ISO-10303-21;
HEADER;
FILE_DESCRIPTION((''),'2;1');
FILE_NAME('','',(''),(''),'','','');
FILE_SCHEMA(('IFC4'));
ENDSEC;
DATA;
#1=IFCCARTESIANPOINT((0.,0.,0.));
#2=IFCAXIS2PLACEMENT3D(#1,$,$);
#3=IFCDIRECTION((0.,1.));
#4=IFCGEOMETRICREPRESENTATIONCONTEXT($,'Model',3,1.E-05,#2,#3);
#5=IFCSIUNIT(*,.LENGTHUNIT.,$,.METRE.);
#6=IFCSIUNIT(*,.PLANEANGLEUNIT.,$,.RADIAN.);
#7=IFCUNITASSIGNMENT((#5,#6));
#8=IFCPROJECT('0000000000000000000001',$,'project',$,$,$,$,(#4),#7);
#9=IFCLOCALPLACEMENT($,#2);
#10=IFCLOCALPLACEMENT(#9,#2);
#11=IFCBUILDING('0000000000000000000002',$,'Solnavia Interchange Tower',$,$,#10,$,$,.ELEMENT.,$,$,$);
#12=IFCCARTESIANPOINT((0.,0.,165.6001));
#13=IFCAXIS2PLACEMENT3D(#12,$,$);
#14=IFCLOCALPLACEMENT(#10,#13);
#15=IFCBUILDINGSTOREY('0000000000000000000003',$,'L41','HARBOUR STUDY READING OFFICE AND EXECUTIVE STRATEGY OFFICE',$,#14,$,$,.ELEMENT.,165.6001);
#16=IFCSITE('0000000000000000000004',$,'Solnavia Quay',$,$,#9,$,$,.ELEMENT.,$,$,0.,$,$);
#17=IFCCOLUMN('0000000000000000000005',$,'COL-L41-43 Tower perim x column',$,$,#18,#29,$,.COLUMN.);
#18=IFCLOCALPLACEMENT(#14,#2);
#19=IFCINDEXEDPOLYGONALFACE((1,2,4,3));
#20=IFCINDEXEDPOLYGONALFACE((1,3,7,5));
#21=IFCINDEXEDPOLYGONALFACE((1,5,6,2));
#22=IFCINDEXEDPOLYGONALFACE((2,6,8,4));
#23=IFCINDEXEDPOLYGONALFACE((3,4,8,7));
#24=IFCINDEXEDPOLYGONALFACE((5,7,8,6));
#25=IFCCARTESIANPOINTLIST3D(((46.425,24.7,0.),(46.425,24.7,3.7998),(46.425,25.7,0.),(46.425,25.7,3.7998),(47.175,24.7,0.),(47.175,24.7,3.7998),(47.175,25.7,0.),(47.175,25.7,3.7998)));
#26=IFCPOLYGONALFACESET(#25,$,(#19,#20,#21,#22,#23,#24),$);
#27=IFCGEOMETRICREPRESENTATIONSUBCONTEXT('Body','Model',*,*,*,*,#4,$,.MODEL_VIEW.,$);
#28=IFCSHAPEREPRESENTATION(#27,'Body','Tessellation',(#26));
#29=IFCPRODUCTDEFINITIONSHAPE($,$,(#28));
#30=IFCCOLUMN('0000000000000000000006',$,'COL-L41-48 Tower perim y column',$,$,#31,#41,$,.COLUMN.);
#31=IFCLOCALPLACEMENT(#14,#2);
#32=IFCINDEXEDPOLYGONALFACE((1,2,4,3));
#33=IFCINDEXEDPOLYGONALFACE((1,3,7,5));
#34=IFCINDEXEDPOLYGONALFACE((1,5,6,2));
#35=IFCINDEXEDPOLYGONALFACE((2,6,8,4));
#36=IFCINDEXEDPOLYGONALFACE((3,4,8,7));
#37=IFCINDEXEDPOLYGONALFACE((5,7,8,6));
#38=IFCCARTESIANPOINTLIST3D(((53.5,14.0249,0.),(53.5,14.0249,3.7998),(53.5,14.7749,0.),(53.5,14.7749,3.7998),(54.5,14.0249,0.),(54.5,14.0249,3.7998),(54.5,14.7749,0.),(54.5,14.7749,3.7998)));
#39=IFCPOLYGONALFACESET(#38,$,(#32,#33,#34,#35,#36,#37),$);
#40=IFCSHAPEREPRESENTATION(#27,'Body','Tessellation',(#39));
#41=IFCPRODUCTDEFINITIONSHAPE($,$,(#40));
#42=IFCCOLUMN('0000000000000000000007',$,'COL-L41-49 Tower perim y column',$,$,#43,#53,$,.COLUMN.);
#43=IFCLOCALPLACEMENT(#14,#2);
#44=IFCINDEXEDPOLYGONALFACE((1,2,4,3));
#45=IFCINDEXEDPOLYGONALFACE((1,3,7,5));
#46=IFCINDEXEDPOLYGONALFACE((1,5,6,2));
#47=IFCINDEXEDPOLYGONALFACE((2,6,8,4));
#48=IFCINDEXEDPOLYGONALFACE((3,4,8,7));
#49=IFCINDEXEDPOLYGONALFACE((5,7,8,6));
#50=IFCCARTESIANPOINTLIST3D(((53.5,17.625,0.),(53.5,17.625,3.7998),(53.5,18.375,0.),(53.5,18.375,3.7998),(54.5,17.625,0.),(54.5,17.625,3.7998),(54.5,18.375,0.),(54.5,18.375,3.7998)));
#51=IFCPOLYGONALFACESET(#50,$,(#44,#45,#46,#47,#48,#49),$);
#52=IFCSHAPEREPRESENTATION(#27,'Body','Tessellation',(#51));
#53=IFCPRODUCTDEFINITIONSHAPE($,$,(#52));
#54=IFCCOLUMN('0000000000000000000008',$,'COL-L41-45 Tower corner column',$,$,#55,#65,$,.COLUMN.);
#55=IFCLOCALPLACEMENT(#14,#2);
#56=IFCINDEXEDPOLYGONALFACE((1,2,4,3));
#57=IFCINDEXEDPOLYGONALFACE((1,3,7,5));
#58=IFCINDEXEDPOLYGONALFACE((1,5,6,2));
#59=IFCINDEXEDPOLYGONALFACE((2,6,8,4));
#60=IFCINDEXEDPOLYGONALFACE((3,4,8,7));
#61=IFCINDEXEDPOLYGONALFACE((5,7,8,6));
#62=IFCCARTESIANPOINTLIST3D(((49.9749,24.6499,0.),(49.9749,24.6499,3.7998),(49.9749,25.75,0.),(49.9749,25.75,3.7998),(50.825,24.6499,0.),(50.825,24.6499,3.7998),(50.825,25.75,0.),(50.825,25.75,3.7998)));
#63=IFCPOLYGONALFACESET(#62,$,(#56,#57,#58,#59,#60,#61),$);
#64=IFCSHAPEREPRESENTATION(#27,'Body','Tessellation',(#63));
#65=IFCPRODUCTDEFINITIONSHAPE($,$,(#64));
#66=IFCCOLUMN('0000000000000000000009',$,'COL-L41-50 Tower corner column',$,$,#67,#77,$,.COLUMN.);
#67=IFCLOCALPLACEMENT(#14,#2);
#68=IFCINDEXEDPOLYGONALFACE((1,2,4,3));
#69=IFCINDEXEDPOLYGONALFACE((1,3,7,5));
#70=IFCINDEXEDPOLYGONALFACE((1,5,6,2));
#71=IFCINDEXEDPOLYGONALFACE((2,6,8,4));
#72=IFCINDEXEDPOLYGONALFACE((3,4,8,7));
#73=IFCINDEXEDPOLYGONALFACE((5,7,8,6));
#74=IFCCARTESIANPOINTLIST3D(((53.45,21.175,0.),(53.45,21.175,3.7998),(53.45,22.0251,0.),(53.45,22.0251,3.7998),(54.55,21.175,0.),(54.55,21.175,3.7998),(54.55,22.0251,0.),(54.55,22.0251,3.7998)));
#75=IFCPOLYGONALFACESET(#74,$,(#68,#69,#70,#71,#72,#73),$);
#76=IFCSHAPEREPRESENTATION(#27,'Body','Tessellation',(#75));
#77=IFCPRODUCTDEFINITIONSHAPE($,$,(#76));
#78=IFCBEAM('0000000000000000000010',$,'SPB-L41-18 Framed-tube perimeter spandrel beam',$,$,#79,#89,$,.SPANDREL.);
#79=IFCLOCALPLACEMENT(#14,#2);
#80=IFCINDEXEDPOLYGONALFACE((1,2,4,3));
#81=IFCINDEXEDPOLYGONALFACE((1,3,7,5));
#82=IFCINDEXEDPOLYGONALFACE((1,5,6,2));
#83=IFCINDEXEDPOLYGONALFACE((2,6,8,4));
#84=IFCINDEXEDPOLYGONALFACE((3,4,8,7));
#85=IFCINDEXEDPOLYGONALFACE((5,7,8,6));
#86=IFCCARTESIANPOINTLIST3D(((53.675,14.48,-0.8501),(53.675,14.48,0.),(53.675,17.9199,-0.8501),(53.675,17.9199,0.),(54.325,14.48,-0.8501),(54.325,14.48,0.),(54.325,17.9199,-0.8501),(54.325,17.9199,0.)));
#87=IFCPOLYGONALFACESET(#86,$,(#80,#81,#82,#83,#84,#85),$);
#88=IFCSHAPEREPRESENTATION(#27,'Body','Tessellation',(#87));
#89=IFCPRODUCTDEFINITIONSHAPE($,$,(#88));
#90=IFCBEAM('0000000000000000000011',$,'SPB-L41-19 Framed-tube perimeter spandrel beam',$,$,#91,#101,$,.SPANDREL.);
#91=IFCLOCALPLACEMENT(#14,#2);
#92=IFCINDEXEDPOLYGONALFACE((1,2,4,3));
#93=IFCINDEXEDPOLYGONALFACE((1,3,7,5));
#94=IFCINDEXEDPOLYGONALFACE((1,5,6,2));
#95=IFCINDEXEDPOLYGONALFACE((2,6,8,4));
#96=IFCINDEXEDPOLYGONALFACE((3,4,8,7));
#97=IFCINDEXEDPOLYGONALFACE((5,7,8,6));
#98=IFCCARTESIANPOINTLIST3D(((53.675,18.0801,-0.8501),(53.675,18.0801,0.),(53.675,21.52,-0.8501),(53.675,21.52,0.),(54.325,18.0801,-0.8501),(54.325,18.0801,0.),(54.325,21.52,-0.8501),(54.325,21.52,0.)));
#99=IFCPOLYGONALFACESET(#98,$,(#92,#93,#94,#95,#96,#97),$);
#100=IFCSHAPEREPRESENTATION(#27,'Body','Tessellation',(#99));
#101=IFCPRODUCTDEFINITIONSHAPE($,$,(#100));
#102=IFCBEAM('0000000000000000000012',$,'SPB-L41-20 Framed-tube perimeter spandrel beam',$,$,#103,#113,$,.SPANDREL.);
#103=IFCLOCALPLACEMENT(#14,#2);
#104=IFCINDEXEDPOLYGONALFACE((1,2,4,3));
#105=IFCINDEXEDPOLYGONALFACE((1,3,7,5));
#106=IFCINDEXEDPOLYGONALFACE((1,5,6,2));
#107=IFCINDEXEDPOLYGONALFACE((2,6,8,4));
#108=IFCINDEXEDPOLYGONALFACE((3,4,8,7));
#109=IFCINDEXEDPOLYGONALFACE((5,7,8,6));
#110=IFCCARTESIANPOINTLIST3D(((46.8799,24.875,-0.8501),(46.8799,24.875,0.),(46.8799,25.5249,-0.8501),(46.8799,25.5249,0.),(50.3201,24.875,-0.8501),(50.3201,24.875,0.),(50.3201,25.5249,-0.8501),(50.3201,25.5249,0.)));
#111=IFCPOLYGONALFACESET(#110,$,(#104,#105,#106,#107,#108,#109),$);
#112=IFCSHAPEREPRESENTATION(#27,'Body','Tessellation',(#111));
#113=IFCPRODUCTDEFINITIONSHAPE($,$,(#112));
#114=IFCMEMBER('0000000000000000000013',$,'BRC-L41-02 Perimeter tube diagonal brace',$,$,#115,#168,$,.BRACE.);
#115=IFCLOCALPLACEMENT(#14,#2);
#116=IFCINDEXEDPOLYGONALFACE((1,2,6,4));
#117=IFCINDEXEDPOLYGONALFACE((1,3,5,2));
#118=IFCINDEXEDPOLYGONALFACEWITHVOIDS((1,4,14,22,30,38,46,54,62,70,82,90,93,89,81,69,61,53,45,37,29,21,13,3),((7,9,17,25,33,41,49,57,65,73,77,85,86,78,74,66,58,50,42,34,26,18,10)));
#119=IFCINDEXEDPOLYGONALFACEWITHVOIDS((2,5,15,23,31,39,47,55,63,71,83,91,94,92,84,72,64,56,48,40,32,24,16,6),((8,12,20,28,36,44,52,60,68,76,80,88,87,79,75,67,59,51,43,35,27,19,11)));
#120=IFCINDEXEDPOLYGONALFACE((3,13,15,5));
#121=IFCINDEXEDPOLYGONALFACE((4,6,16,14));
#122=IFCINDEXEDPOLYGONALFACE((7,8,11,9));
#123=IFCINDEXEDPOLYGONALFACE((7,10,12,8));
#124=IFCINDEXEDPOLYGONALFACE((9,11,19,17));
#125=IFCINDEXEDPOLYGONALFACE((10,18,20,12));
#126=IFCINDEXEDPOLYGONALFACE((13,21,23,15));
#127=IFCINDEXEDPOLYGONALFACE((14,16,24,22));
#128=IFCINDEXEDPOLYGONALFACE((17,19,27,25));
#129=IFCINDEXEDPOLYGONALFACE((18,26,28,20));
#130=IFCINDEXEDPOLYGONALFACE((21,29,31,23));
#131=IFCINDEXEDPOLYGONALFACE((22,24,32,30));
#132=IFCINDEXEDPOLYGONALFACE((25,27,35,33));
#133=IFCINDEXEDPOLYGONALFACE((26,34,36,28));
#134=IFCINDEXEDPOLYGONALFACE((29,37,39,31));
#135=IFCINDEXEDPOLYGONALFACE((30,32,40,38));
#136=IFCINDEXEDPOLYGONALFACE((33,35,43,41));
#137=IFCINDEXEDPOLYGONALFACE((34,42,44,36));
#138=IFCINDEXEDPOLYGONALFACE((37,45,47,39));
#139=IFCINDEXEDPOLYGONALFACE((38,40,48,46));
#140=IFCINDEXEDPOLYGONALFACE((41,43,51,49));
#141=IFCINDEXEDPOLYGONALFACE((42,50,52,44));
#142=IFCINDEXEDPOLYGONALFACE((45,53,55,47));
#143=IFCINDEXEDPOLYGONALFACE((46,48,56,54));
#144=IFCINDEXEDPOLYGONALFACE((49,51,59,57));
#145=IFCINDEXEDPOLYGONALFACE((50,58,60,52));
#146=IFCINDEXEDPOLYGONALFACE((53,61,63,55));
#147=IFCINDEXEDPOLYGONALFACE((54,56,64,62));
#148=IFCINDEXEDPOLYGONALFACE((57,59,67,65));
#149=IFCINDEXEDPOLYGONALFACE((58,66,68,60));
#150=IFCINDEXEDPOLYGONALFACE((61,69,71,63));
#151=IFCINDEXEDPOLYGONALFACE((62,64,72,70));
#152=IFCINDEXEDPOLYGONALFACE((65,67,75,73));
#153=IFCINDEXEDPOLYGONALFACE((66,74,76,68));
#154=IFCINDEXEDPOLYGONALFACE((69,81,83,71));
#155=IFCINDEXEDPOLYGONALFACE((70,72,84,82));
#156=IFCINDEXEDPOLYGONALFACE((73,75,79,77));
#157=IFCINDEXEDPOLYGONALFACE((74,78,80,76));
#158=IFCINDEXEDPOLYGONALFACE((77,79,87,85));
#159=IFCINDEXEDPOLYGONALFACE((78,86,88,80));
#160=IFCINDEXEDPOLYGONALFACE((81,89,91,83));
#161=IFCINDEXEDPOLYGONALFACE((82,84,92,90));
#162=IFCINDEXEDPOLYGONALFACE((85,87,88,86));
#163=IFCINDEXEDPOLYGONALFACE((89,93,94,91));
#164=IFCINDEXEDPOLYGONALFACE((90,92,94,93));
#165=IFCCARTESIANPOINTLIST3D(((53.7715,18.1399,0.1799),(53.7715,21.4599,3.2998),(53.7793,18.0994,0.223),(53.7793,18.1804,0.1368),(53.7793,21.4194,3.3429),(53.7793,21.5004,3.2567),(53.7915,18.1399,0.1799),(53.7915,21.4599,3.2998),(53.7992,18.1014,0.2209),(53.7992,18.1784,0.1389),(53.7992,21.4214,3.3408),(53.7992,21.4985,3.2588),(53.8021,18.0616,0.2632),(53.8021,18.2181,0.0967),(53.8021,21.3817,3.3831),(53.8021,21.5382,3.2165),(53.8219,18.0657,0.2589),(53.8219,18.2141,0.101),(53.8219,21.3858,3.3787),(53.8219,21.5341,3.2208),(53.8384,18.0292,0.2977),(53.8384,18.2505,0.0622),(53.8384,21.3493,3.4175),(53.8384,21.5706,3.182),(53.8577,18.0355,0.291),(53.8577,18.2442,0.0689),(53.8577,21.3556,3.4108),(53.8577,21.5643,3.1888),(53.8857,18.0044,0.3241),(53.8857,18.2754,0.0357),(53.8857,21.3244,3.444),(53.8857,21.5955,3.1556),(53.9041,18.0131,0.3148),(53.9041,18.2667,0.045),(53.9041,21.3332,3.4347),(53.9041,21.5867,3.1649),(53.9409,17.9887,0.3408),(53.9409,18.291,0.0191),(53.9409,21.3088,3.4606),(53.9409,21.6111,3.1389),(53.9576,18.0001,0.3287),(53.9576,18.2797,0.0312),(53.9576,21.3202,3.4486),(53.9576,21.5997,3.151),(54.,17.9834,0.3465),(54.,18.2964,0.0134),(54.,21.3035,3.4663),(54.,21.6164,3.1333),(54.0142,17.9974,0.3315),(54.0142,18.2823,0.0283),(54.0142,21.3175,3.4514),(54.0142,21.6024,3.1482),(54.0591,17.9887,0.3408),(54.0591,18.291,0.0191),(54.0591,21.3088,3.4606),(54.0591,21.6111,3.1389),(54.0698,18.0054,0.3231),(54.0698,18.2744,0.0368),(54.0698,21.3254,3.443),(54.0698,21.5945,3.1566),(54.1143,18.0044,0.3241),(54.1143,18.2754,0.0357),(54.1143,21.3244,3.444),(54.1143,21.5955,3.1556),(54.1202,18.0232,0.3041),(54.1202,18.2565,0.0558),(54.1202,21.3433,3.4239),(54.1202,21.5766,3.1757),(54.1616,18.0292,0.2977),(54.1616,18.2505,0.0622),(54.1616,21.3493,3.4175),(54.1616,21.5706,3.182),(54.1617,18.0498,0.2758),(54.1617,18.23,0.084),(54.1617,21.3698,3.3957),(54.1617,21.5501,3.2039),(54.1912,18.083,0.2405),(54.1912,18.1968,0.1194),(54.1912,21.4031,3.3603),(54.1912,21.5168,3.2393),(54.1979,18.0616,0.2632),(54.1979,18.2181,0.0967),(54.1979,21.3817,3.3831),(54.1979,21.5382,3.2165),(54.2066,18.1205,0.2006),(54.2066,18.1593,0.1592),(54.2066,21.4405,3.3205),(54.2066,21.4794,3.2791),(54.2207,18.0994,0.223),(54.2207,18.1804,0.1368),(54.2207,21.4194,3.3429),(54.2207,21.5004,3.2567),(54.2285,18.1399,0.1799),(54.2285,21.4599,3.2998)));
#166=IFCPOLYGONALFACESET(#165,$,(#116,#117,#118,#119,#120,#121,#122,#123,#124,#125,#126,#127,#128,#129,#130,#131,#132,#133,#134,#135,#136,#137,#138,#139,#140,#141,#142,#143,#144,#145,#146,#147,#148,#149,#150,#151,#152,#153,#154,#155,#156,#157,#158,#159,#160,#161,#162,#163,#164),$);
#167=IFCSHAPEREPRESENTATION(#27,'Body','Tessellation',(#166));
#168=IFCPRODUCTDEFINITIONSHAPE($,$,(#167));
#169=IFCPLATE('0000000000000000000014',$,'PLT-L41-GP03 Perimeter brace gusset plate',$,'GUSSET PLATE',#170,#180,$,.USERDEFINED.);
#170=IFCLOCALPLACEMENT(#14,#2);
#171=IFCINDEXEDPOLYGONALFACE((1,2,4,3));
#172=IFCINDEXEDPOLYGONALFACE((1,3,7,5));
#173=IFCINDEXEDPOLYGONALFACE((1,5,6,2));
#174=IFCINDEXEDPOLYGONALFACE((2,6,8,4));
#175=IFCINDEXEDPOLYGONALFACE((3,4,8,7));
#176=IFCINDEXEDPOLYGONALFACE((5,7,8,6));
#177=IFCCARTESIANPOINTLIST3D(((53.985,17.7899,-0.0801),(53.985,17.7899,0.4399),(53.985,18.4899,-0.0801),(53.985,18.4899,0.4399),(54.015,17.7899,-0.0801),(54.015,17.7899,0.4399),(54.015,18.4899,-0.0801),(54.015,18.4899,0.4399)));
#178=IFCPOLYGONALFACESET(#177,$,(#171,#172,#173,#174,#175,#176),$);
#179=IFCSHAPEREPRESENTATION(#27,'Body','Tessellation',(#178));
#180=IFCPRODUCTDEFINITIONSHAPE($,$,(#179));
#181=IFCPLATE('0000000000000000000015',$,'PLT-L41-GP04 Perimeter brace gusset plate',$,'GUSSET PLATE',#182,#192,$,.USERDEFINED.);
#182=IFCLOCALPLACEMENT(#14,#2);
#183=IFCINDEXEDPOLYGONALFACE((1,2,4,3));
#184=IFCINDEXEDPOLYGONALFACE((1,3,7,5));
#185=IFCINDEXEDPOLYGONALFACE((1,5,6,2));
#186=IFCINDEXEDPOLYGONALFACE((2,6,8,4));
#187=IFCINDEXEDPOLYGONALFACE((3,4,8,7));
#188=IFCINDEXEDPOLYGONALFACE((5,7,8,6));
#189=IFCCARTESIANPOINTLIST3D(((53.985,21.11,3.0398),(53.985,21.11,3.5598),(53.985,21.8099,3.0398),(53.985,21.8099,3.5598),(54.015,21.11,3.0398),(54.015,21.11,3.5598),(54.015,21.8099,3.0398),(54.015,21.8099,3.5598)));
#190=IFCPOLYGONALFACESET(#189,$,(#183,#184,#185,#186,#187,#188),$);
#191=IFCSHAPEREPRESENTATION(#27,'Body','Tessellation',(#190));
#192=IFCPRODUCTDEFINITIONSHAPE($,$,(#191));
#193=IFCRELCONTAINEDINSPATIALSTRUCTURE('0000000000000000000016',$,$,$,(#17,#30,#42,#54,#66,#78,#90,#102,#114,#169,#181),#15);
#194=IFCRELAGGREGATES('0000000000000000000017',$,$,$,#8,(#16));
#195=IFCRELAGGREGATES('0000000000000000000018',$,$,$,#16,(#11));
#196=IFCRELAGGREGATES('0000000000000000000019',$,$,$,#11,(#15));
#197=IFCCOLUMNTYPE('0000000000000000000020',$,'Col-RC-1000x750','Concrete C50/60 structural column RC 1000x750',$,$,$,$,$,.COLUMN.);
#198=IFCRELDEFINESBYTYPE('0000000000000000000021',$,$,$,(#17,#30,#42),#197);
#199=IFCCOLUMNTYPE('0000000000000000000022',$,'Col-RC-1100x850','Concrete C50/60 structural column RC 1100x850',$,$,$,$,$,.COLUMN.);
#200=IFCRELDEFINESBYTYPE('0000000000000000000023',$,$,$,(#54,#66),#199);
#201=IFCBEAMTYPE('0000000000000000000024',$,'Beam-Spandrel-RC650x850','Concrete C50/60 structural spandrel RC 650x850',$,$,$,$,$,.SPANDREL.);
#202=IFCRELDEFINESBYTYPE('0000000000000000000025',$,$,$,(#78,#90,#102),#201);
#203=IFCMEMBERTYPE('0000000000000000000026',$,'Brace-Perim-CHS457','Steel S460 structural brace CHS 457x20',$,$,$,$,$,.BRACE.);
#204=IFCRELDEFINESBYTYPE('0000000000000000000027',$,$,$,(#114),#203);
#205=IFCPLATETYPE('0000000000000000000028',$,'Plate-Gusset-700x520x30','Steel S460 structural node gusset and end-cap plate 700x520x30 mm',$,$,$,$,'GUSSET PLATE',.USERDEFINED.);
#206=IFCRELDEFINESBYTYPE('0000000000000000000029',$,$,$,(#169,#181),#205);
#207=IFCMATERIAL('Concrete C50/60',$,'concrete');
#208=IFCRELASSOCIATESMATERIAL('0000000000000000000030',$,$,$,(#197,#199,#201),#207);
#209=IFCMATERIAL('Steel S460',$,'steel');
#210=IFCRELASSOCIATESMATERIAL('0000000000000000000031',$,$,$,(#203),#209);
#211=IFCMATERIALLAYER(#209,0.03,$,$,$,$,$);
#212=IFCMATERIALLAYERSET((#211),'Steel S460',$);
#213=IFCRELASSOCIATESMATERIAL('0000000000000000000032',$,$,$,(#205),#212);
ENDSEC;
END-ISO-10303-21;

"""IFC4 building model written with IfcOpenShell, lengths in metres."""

from ifc_helpers import new_model, si_unit, direction, frame, origin, origin_2d, place, context, subcontext, project, spatial, rectangle, hollow_circle, extrude, material, layer, layer_set, material_profile, profile_set, type_object, element, save


model = new_model("IFC4")

# Units and contexts
model_context = context("Model", 3, precision=1e-05, world=origin(), true_north=direction((0.0, 1.0)))
body_context = subcontext(model_context, "Body", "Model", "MODEL_VIEW")
ifc_project = project(units=[si_unit("LENGTHUNIT", "METRE"), si_unit("PLANEANGLEUNIT", "RADIAN")], contexts=[model_context])

# Site, building, storey
site_placement = place(None, origin())
site = spatial("IfcSite", under=ifc_project, at=site_placement, Name="Solnavia Quay", CompositionType="ELEMENT", RefElevation=0.0)
building_placement = place(site_placement, origin())
building = spatial("IfcBuilding", under=site, at=building_placement, Name="Solnavia Interchange Tower", CompositionType="ELEMENT")
storey_placement = place(building_placement, frame((0.0, 0.0, 165.6001)))
storey = spatial("IfcBuildingStorey", under=building, at=storey_placement, Name="L41", Description="HARBOUR STUDY READING OFFICE AND EXECUTIVE STRATEGY OFFICE", CompositionType="ELEMENT", Elevation=165.6001)

# Columns
ifc_material_1 = material(Name="Concrete C50/60", Category="concrete")
ifc_material_profile_1 = material_profile(ifc_material_1, rectangle(XDim=0.75, YDim=1.0, at=origin_2d()), Name="RC 1000x750")
ifc_profile_set_1 = profile_set([ifc_material_profile_1], Name="Concrete C50/60")
column_type_1 = type_object("IfcColumnType", Name="Col-RC-1000x750", Description="Concrete C50/60 structural column RC 1000x750", PredefinedType="COLUMN", material=ifc_profile_set_1)
for number, where, z_axis, x_axis, name in (
    (1, (46.8, 25.2, 0.0), (0.0, 0.0, 1.0), (1.0, 0.0, 0.0), "COL-L41-43 Tower perim x column"),
    (2, (54.0, 14.3999, 0.0), (0.0, 0.0, 1.0), (0.0, 1.0, 0.0), "COL-L41-48 Tower perim y column"),
    (3, (54.0, 18.0, 0.0), (0.0, 0.0, 1.0), (0.0, 1.0, 0.0), "COL-L41-49 Tower perim y column"),
):
    element("IfcColumn", number, at=place(storey_placement, frame(where, z_axis=z_axis, x_axis=x_axis)), inside=storey, type_object=column_type_1, Name=name, PredefinedType="COLUMN", context=body_context, shape_type="SweptSolid", body=[
        extrude(rectangle(XDim=0.75, YDim=1.0, at=origin_2d()), origin(), (0.0, 0.0, 1.0), 3.7998),
    ])
ifc_material_profile_2 = material_profile(ifc_material_1, rectangle(XDim=0.8501, YDim=1.1001, at=origin_2d()), Name="RC 1100x850")
ifc_profile_set_2 = profile_set([ifc_material_profile_2], Name="Concrete C50/60")
column_type_2 = type_object("IfcColumnType", Name="Col-RC-1100x850", Description="Concrete C50/60 structural column RC 1100x850", PredefinedType="COLUMN", material=ifc_profile_set_2)
for number, where, z_axis, x_axis, name in (
    (4, (50.3999, 25.2, 0.0), (0.0, 0.0, 1.0), (1.0, 0.0, 0.0), "COL-L41-45 Tower corner column"),
    (5, (54.0, 21.6001, 0.0), (0.0, 0.0, 1.0), (0.0, 1.0, 0.0), "COL-L41-50 Tower corner column"),
):
    element("IfcColumn", number, at=place(storey_placement, frame(where, z_axis=z_axis, x_axis=x_axis)), inside=storey, type_object=column_type_2, Name=name, PredefinedType="COLUMN", context=body_context, shape_type="SweptSolid", body=[
        extrude(rectangle(XDim=0.8501, YDim=1.1001, at=origin_2d()), origin(), (0.0, 0.0, 1.0), 3.7998),
    ])

# Beams
ifc_material_profile_3 = material_profile(ifc_material_1, rectangle(XDim=0.6499, YDim=0.8501, at=origin_2d()), Name="RC 650x850")
ifc_profile_set_3 = profile_set([ifc_material_profile_3], Name="Concrete C50/60")
beam_type = type_object("IfcBeamType", Name="Beam-Spandrel-RC650x850", Description="Concrete C50/60 structural spandrel RC 650x850", PredefinedType="SPANDREL", material=ifc_profile_set_3)
for number, where, z_axis, x_axis, name in (
    (6, (54.0, 14.48, -0.425), (0.0, 1.0, 0.0), (-1.0, 0.0, 0.0), "SPB-L41-18 Framed-tube perimeter spandrel beam"),
    (7, (54.0, 18.0801, -0.425), (0.0, 1.0, 0.0), (-1.0, 0.0, 0.0), "SPB-L41-19 Framed-tube perimeter spandrel beam"),
):
    element("IfcBeam", number, at=place(storey_placement, frame(where, z_axis=z_axis, x_axis=x_axis)), inside=storey, type_object=beam_type, Name=name, PredefinedType="SPANDREL", context=body_context, shape_type="SweptSolid", body=[
        extrude(rectangle(XDim=0.6499, YDim=0.8501, at=origin_2d()), origin(), (0.0, 0.0, 1.0), 3.4399),
    ])
beam_placement = place(storey_placement, frame((50.3201, 25.2, -0.425), z_axis=(-1.0, 0.0, 0.0), x_axis=(0.0, -1.0, 0.0)))
element("IfcBeam", 8, at=beam_placement, inside=storey, type_object=beam_type, Name="SPB-L41-20 Framed-tube perimeter spandrel beam", PredefinedType="SPANDREL", context=body_context, shape_type="SweptSolid", body=[
    extrude(rectangle(XDim=0.6499, YDim=0.8501, at=origin_2d()), origin(), (0.0, 0.0, 1.0), 3.4402),
])

# Member
ifc_material_2 = material(Name="Steel S460", Category="steel")
ifc_material_profile_4 = material_profile(ifc_material_2, hollow_circle(Radius=0.2285, WallThickness=0.02, at=origin_2d()), Name="CHS 457x20")
ifc_profile_set_4 = profile_set([ifc_material_profile_4], Name="Steel S460")
member_type = type_object("IfcMemberType", Name="Brace-Perim-CHS457", Description="Steel S460 structural brace CHS 457x20", PredefinedType="BRACE", material=ifc_profile_set_4)
member_placement = place(storey_placement, frame((54.0, 18.1399, 0.1799), z_axis=(0.0, 0.728736, 0.684794), x_axis=(-1.0, 0.0, 0.0)))
element("IfcMember", 9, at=member_placement, inside=storey, type_object=member_type, Name="BRC-L41-02 Perimeter tube diagonal brace", PredefinedType="BRACE", context=body_context, shape_type="SweptSolid", body=[
    extrude(hollow_circle(Radius=0.2285, WallThickness=0.02, at=origin_2d()), origin(), (0.0, 0.0, 1.0), 4.5559),
])

# Plates
ifc_layer_1 = layer(ifc_material_2, 0.03)
ifc_layer_set_1 = layer_set([ifc_layer_1], Name="Steel S460")
plate_type = type_object("IfcPlateType", Name="Plate-Gusset-700x520x30", Description="Steel S460 structural node gusset and end-cap plate 700x520x30 mm", ElementType="GUSSET PLATE", PredefinedType="USERDEFINED", material=ifc_layer_set_1)
for number, where, z_axis, x_axis, name in (
    (10, (54.0, 18.1399, -0.0801), (0.0, 0.0, 1.0), (0.0, 1.0, 0.0), "PLT-L41-GP03 Perimeter brace gusset plate"),
    (11, (54.0, 21.46, 3.0398), (0.0, 0.0, 1.0), (0.0, 1.0, 0.0), "PLT-L41-GP04 Perimeter brace gusset plate"),
):
    element("IfcPlate", number, at=place(storey_placement, frame(where, z_axis=z_axis, x_axis=x_axis)), inside=storey, type_object=plate_type, Name=name, ObjectType="GUSSET PLATE", PredefinedType="USERDEFINED", context=body_context, shape_type="SweptSolid", body=[
        extrude(rectangle(XDim=0.7, YDim=0.03, at=origin_2d()), origin(), (0.0, 0.0, 1.0), 0.52),
    ])

save(model, "model.ifc")
